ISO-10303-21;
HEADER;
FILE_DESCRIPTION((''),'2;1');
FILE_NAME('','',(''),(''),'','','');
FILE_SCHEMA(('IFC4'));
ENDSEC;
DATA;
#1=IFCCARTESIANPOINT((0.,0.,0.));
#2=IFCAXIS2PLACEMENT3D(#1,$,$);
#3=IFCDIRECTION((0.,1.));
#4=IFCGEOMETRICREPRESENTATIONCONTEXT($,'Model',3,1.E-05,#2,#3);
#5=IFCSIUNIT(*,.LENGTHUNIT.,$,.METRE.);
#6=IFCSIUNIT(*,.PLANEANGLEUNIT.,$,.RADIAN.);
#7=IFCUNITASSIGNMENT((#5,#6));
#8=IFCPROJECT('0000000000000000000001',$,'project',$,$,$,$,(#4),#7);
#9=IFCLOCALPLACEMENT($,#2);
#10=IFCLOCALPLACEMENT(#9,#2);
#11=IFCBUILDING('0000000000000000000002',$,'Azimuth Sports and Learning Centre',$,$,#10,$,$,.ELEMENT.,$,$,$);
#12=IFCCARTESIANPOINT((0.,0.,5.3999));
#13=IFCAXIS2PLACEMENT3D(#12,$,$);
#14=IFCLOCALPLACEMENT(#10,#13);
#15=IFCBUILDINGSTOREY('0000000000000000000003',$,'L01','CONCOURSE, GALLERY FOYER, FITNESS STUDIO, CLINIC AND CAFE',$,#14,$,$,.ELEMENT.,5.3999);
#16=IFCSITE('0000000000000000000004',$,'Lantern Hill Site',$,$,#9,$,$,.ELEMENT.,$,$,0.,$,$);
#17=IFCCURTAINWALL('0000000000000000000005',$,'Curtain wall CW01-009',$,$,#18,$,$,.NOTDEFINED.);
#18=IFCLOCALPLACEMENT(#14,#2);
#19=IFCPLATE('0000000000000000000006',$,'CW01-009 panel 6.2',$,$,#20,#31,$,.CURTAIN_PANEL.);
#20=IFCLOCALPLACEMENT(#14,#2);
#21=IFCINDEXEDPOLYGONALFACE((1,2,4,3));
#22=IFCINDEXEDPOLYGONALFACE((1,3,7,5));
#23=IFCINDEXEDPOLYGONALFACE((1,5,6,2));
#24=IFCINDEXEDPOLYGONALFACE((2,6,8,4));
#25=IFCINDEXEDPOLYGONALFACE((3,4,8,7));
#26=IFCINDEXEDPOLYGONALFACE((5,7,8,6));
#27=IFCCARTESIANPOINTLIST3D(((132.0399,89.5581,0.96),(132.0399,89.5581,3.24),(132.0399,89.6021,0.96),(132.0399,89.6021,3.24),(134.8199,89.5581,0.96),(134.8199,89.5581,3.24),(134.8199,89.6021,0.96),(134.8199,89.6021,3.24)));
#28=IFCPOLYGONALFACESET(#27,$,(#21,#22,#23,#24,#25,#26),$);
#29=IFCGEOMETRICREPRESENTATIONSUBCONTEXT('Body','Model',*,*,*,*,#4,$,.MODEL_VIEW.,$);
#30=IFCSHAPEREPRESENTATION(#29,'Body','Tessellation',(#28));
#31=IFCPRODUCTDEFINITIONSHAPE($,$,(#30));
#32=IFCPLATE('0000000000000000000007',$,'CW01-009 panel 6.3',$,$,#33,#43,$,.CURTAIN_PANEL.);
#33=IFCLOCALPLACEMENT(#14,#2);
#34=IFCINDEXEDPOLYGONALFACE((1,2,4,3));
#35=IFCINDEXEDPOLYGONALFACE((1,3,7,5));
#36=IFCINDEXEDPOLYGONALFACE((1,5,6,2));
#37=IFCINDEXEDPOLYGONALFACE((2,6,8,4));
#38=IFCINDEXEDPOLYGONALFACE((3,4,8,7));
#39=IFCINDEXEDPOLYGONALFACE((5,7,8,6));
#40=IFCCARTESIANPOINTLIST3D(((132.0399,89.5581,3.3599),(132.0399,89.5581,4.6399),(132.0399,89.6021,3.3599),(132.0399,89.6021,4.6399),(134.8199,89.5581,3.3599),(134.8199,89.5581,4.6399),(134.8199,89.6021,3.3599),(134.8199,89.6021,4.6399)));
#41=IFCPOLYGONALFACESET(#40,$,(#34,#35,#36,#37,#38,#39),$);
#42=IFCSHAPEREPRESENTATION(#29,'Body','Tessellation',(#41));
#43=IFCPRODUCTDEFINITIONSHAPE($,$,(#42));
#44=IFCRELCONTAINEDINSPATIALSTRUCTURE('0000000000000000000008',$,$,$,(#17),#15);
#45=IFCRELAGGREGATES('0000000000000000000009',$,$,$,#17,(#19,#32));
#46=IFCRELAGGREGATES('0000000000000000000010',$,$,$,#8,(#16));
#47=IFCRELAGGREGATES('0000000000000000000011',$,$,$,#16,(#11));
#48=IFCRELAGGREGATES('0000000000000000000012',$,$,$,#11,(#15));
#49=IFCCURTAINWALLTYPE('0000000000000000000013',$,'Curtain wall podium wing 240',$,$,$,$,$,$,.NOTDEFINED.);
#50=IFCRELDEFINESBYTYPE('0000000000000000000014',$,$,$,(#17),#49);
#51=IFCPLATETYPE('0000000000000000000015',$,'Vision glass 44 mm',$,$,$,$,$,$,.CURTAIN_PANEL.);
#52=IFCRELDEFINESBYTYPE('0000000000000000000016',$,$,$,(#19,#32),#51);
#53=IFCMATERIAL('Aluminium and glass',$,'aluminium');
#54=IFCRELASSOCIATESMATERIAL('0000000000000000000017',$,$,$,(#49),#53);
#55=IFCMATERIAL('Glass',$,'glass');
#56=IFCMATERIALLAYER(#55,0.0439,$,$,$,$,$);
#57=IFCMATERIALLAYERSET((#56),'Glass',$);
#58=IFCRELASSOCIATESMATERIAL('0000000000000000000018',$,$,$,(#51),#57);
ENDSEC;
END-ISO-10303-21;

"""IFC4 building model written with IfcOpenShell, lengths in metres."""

from ifc_helpers import new_model, si_unit, direction, frame, origin, origin_2d, place, context, subcontext, project, spatial, rectangle, extrude, material, layer, layer_set, type_object, element, aggregate, save


model = new_model("IFC4")

# Units and contexts
model_context = context("Model", 3, precision=1e-05, world=origin(), true_north=direction((0.0, 1.0)))
body_context = subcontext(model_context, "Body", "Model", "MODEL_VIEW")
ifc_project = project(units=[si_unit("LENGTHUNIT", "METRE"), si_unit("PLANEANGLEUNIT", "RADIAN")], contexts=[model_context])

# Site, building, storey
site_placement = place(None, origin())
site = spatial("IfcSite", under=ifc_project, at=site_placement, Name="Lantern Hill Site", CompositionType="ELEMENT", RefElevation=0.0)
building_placement = place(site_placement, origin())
building = spatial("IfcBuilding", under=site, at=building_placement, Name="Azimuth Sports and Learning Centre", CompositionType="ELEMENT")
storey_placement = place(building_placement, frame((0.0, 0.0, 5.3999)))
storey = spatial("IfcBuildingStorey", under=building, at=storey_placement, Name="L01", Description="CONCOURSE, GALLERY FOYER, FITNESS STUDIO, CLINIC AND CAFE", CompositionType="ELEMENT", Elevation=5.3999)

# Curtain wall
ifc_material_1 = material(Name="Aluminium and glass", Category="aluminium")
curtain_wall_type = type_object("IfcCurtainWallType", Name="Curtain wall podium wing 240", PredefinedType="NOTDEFINED", material=ifc_material_1)
curtain_wall_1_placement = place(storey_placement, origin())
curtain_wall_1 = element("IfcCurtainWall", 1, at=curtain_wall_1_placement, inside=storey, type_object=curtain_wall_type, Name="Curtain wall CW01-009", PredefinedType="NOTDEFINED")

# Plates
ifc_material_2 = material(Name="Glass", Category="glass")
ifc_layer_1 = layer(ifc_material_2, 0.0439)
ifc_layer_set_1 = layer_set([ifc_layer_1], Name="Glass")
plate_type_1 = type_object("IfcPlateType", Name="Vision glass 44 mm", PredefinedType="CURTAIN_PANEL", material=ifc_layer_set_1)
plate_1_placement = place(storey_placement, frame((133.4299, 89.5801, 0.96), z_axis=(0.0, 0.0, 1.0), x_axis=(1.0, 0.0, 0.0)))
plate_1 = element("IfcPlate", 2, at=plate_1_placement, type_object=plate_type_1, Name="CW01-009 panel 6.2", PredefinedType="CURTAIN_PANEL", context=body_context, shape_type="SweptSolid", body=[
    extrude(rectangle(XDim=2.78, YDim=0.0439, at=origin_2d()), origin(), (0.0, 0.0, 1.0), 2.28),
])
plate_2_placement = place(storey_placement, frame((133.4299, 89.5801, 3.3599), z_axis=(0.0, 0.0, 1.0), x_axis=(1.0, 0.0, 0.0)))
plate_2 = element("IfcPlate", 3, at=plate_2_placement, type_object=plate_type_1, Name="CW01-009 panel 6.3", PredefinedType="CURTAIN_PANEL", context=body_context, shape_type="SweptSolid", body=[
    extrude(rectangle(XDim=2.78, YDim=0.0439, at=origin_2d()), origin(), (0.0, 0.0, 1.0), 1.28),
])
aggregate(curtain_wall_1, [plate_1, plate_2])

save(model, "model.ifc")
